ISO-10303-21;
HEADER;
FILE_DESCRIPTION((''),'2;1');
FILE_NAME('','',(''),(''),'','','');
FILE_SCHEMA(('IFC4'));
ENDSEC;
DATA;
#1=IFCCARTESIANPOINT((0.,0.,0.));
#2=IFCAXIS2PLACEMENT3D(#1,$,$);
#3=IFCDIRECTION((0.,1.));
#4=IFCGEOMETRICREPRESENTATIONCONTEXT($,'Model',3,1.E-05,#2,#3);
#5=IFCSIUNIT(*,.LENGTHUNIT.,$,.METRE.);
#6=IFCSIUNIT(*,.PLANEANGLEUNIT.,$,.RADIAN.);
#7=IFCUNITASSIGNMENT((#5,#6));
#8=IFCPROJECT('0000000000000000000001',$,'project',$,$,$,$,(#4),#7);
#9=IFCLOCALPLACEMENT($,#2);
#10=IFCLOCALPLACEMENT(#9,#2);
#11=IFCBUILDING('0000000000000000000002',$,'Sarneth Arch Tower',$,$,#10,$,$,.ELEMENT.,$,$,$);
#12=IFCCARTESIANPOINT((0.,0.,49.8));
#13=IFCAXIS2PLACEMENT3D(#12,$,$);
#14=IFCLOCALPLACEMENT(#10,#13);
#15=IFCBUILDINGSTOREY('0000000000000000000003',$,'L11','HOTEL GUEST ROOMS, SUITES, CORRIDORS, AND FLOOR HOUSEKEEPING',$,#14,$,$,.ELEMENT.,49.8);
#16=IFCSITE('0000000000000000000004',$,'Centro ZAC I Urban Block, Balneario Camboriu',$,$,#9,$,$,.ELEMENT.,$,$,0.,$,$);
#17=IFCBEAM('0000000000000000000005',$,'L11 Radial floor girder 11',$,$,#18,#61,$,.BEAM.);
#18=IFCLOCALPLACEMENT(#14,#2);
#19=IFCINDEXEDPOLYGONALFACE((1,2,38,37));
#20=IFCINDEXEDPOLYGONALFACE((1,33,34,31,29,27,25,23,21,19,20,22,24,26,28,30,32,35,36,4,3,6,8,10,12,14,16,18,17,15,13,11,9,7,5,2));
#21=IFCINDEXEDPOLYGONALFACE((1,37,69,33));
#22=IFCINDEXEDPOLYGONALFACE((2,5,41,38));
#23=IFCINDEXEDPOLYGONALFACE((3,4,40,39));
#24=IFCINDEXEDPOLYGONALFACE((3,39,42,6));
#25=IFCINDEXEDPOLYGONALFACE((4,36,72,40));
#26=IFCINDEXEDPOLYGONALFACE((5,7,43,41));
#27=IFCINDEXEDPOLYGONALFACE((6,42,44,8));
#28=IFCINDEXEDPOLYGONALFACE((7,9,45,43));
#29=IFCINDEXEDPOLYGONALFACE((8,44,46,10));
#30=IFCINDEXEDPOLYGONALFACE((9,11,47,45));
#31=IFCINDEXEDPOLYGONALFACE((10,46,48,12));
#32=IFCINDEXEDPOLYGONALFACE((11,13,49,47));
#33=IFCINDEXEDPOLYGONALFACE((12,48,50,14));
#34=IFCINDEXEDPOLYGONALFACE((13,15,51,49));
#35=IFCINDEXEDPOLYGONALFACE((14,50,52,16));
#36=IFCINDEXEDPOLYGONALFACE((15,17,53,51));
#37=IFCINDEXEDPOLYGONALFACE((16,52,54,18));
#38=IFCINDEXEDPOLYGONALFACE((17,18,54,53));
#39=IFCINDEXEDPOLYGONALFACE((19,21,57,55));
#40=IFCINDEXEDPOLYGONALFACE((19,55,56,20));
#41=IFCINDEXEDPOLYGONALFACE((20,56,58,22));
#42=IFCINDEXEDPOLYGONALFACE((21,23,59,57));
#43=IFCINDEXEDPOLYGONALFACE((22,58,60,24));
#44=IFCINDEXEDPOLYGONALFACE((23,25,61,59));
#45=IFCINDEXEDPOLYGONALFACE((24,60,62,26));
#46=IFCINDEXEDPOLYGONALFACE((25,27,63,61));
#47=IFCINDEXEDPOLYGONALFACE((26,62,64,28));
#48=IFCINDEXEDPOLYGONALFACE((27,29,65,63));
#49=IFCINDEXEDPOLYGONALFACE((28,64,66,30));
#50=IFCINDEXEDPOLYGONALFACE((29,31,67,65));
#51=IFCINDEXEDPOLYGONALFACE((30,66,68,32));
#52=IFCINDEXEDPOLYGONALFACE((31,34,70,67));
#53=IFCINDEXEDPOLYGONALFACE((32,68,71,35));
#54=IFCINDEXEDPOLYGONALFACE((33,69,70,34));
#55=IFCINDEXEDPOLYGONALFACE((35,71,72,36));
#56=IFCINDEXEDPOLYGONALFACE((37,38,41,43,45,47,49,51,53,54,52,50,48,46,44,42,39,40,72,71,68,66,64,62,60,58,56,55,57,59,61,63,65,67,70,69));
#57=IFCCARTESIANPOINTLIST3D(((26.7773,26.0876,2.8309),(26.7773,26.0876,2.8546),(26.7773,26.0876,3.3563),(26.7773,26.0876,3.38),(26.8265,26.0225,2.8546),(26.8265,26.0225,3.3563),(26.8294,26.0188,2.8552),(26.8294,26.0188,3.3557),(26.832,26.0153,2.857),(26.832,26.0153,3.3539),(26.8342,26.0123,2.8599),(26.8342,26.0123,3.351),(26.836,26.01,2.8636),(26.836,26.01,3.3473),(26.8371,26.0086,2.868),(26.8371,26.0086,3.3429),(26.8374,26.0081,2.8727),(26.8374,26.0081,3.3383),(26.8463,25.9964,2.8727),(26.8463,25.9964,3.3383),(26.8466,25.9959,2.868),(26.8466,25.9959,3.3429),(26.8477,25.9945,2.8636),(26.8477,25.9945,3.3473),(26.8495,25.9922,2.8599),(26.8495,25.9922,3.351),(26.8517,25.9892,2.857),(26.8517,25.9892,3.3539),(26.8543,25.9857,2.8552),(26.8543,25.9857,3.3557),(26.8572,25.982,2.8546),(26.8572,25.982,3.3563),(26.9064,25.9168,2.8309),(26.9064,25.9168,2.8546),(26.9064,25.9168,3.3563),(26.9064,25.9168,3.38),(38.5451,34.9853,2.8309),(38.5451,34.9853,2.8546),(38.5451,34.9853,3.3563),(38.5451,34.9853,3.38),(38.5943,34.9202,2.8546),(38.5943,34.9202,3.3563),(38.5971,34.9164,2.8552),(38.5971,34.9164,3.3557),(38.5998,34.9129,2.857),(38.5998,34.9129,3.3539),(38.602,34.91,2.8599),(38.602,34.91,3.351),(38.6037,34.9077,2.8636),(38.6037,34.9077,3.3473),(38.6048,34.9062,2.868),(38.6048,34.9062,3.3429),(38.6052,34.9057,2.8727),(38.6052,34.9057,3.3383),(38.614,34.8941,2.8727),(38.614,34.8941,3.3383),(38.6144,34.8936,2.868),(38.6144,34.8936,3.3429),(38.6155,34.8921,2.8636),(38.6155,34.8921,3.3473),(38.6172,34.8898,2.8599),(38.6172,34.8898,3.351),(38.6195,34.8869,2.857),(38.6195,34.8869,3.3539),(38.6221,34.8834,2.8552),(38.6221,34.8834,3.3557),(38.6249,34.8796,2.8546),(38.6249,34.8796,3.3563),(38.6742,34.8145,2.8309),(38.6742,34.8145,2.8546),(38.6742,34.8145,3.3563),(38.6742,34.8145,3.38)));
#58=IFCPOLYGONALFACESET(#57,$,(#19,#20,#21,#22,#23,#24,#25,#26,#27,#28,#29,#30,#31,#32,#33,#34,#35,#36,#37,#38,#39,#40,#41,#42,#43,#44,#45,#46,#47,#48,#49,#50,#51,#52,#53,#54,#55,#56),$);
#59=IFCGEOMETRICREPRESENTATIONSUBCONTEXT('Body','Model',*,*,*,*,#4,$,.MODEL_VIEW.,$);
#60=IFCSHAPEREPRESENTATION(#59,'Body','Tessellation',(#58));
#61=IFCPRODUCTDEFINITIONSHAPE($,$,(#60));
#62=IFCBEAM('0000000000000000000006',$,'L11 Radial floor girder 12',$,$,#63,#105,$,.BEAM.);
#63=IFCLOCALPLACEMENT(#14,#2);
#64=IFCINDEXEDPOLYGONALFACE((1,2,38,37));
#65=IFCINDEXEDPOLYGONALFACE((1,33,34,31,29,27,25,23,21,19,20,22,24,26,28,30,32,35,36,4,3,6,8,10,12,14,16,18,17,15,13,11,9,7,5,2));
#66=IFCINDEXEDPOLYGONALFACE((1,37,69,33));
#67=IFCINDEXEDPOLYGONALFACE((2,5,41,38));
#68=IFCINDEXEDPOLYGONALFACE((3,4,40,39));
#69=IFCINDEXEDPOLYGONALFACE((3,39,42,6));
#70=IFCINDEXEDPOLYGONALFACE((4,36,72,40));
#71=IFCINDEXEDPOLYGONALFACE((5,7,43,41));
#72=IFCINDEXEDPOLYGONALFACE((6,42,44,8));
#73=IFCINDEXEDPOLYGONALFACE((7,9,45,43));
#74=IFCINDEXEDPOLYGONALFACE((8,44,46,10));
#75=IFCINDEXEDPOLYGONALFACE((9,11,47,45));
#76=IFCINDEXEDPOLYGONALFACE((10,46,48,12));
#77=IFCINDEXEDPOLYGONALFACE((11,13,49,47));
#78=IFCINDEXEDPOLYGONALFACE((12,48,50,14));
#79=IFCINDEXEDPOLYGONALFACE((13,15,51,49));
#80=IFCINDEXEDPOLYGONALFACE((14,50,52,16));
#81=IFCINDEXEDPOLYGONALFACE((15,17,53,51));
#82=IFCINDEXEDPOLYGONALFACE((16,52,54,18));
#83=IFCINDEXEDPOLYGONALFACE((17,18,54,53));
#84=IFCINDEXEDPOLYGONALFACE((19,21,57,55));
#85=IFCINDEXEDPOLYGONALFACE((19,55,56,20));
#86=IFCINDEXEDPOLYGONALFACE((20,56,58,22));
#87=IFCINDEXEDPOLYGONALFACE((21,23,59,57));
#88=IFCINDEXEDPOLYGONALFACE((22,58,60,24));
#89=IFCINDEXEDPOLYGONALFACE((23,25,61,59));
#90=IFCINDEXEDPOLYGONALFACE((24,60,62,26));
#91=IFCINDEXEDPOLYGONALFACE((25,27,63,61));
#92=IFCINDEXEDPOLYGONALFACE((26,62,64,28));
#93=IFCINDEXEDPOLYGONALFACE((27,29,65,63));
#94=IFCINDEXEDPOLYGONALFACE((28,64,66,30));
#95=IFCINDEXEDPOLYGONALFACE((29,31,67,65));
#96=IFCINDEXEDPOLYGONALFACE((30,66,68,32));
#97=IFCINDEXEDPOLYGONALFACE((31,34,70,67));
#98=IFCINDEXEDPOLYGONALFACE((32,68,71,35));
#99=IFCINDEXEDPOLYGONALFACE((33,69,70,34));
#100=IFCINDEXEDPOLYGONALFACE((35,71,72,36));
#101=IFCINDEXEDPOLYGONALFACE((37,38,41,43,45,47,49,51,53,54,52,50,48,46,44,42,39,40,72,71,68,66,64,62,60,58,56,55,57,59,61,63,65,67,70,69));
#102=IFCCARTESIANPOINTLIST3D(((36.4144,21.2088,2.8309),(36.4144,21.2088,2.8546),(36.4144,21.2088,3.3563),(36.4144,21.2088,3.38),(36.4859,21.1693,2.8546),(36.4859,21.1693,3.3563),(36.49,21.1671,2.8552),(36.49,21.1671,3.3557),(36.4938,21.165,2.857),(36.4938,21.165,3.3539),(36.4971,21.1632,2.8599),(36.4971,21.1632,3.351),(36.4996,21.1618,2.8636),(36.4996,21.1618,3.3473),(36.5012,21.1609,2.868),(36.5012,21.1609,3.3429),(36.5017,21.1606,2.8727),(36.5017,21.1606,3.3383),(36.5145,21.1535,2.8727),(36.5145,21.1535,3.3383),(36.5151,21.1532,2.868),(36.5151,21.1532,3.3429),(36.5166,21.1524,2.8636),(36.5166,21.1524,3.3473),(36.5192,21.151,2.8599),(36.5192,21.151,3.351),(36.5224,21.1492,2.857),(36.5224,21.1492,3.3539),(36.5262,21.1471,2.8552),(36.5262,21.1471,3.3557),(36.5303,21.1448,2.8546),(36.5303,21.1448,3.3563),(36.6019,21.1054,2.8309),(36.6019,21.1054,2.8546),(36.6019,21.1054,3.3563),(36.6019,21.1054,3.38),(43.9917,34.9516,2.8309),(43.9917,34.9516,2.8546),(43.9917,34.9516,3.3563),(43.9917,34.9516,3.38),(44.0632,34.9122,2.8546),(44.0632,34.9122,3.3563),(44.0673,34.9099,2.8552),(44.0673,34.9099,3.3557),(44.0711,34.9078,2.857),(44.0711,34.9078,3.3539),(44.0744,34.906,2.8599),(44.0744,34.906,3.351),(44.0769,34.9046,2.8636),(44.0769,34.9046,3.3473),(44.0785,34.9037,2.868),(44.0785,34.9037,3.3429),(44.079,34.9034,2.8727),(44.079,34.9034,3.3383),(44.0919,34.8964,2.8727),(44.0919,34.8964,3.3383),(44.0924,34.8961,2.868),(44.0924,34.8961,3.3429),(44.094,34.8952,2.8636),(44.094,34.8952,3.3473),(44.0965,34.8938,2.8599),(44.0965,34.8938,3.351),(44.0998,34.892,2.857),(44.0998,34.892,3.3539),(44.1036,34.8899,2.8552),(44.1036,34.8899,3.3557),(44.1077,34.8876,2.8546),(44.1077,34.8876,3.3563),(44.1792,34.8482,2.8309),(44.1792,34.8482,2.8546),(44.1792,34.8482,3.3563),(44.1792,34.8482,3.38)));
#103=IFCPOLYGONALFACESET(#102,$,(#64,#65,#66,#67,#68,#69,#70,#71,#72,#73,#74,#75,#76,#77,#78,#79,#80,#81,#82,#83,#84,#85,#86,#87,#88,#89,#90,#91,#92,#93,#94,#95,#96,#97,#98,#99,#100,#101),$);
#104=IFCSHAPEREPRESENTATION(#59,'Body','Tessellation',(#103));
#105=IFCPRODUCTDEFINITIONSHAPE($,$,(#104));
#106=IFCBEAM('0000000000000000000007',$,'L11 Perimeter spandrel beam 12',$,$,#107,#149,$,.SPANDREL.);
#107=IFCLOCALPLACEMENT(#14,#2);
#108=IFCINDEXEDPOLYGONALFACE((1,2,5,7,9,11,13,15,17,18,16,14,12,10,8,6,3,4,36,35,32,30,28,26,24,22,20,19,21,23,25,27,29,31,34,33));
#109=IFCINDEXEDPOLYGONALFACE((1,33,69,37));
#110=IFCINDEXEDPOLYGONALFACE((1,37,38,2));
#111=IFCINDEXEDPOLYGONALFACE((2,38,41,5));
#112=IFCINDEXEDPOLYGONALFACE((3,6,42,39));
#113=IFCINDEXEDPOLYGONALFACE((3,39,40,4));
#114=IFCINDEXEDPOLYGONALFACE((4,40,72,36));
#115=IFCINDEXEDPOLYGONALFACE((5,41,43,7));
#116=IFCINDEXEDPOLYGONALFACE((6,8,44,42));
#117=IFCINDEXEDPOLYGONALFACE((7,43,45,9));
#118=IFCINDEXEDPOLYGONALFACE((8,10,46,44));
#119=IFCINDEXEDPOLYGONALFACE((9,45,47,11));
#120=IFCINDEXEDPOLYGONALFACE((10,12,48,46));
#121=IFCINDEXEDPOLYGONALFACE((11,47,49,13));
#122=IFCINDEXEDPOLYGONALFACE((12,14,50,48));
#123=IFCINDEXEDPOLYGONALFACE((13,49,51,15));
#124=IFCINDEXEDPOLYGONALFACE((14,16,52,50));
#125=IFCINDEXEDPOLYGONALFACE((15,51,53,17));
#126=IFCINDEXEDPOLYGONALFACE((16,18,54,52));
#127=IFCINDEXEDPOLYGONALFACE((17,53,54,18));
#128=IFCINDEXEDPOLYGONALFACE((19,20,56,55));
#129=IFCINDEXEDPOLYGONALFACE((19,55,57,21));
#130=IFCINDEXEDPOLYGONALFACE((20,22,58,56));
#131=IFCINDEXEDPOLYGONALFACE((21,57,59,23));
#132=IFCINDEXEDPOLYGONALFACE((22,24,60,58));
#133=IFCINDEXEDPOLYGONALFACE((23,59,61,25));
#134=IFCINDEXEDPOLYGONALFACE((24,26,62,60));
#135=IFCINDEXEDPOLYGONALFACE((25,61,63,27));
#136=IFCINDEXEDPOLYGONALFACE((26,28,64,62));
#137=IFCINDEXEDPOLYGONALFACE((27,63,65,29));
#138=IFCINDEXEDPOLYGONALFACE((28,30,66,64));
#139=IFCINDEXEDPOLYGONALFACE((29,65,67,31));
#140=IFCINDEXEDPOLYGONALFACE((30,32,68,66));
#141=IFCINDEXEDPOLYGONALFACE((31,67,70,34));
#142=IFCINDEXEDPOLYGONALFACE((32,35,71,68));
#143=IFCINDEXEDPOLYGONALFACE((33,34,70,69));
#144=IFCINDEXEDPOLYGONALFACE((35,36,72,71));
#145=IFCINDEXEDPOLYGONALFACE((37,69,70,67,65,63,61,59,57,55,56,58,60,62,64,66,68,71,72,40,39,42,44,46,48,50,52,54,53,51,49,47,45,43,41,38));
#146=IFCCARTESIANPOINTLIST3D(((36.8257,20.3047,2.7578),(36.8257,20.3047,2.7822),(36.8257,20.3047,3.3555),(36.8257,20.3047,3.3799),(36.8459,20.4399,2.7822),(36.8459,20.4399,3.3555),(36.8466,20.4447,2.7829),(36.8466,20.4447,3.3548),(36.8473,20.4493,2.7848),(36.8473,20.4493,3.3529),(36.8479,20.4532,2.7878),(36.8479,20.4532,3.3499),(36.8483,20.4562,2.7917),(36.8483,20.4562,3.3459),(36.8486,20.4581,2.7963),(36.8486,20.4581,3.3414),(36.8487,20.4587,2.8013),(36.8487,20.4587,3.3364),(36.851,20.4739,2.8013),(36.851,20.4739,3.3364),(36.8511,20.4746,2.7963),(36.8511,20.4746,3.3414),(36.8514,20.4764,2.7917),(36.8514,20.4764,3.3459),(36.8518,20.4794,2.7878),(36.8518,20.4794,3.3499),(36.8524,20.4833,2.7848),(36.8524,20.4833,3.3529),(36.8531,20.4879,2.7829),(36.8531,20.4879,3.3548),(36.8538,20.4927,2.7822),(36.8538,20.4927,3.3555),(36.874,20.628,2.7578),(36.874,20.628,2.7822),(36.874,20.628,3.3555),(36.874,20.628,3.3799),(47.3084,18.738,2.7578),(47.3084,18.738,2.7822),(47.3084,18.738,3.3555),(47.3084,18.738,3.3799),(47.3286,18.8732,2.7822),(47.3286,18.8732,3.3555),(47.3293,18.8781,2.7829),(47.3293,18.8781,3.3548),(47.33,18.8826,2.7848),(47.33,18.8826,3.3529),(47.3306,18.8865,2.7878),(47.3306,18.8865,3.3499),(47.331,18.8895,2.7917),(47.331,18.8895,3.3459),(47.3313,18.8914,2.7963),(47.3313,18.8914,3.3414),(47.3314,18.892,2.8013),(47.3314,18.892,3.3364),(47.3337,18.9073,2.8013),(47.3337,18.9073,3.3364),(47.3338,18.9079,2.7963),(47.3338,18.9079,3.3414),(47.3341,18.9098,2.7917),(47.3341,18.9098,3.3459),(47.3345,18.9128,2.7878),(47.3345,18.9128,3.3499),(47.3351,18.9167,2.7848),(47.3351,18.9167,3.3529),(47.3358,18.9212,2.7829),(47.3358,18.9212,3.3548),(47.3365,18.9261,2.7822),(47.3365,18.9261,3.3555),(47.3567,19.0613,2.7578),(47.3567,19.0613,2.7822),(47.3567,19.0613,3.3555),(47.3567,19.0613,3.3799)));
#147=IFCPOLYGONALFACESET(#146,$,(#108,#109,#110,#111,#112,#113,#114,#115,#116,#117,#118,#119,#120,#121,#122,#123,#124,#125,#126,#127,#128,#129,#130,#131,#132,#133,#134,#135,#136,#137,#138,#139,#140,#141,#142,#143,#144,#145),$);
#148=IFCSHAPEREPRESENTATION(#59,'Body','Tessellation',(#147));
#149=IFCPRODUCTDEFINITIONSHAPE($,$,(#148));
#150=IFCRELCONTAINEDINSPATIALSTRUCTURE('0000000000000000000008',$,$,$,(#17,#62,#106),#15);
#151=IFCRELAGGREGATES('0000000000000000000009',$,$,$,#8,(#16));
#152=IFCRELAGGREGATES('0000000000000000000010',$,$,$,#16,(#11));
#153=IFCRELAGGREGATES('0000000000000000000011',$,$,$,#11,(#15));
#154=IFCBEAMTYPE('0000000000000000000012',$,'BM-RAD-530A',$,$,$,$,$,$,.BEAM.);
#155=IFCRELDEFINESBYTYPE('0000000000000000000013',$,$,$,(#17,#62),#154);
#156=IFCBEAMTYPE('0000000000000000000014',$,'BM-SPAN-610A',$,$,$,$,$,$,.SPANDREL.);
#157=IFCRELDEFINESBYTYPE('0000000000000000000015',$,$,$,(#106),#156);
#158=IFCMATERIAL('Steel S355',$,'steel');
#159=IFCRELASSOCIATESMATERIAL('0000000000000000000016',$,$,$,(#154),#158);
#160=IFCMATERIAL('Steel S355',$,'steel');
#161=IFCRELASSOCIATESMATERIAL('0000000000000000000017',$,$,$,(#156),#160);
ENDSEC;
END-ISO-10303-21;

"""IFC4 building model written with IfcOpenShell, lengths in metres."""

from ifc_helpers import new_model, si_unit, direction, frame, origin, origin_2d, place, context, subcontext, project, spatial, i_section, extrude, material, material_profile, profile_set, type_object, element, save


model = new_model("IFC4")

# Units and contexts
model_context = context("Model", 3, precision=1e-05, world=origin(), true_north=direction((0.0, 1.0)))
body_context = subcontext(model_context, "Body", "Model", "MODEL_VIEW")
ifc_project = project(units=[si_unit("LENGTHUNIT", "METRE"), si_unit("PLANEANGLEUNIT", "RADIAN")], contexts=[model_context])

# Site, building, storey
site_placement = place(None, origin())
site = spatial("IfcSite", under=ifc_project, at=site_placement, Name="Centro ZAC I Urban Block, Balneario Camboriu", CompositionType="ELEMENT", RefElevation=0.0)
building_placement = place(site_placement, origin())
building = spatial("IfcBuilding", under=site, at=building_placement, Name="Sarneth Arch Tower", CompositionType="ELEMENT")
storey_placement = place(building_placement, frame((0.0, 0.0, 49.8)))
storey = spatial("IfcBuildingStorey", under=building, at=storey_placement, Name="L11", Description="HOTEL GUEST ROOMS, SUITES, CORRIDORS, AND FLOOR HOUSEKEEPING", CompositionType="ELEMENT", Elevation=49.8)

# Beams
ifc_material_1 = material(Name="Steel S355", Category="steel")
ifc_material_profile_1 = material_profile(ifc_material_1, i_section(OverallWidth=0.2141, OverallDepth=0.5491, WebThickness=0.0146, FlangeThickness=0.0237, FilletRadius=0.0181, at=origin_2d()), Name="W530x138")
ifc_profile_set_1 = profile_set([ifc_material_profile_1], Name="Steel S355")
beam_type_1 = type_object("IfcBeamType", Name="BM-RAD-530A", PredefinedType="BEAM", material=ifc_profile_set_1)
beam_1_placement = place(storey_placement, frame((38.6096, 34.8999, 3.1055), z_axis=(-0.797657, -0.603112, 0.0), x_axis=(0.603112, -0.797657, 0.0)))
element("IfcBeam", 1, at=beam_1_placement, inside=storey, type_object=beam_type_1, Name="L11 Radial floor girder 11", PredefinedType="BEAM", context=body_context, shape_type="SweptSolid", body=[
    extrude(i_section(OverallWidth=0.2141, OverallDepth=0.5491, WebThickness=0.0146, FlangeThickness=0.0237, FilletRadius=0.0181, at=origin_2d()), origin(), (0.0, 0.0, 1.0), 14.7529),
])
beam_2_placement = place(storey_placement, frame((44.0854, 34.8999, 3.1055), z_axis=(-0.482838, -0.87571, 0.0), x_axis=(0.87571, -0.482838, 0.0)))
element("IfcBeam", 2, at=beam_2_placement, inside=storey, type_object=beam_type_1, Name="L11 Radial floor girder 12", PredefinedType="BEAM", context=body_context, shape_type="SweptSolid", body=[
    extrude(i_section(OverallWidth=0.2141, OverallDepth=0.5491, WebThickness=0.0146, FlangeThickness=0.0237, FilletRadius=0.0181, at=origin_2d()), origin(), (0.0, 0.0, 1.0), 15.6934),
])
ifc_material_2 = material(Name="Steel S355", Category="steel")
ifc_material_profile_2 = material_profile(ifc_material_2, i_section(OverallWidth=0.3269, OverallDepth=0.6221, WebThickness=0.0154, FlangeThickness=0.0244, FilletRadius=0.019, at=origin_2d()), Name="W610x195")
ifc_profile_set_2 = profile_set([ifc_material_profile_2], Name="Steel S355")
beam_type_2 = type_object("IfcBeamType", Name="BM-SPAN-610A", PredefinedType="SPANDREL", material=ifc_profile_set_2)
beam_3_placement = place(storey_placement, frame((36.8499, 20.4663, 3.0688), z_axis=(0.989016, -0.14781, 0.0), x_axis=(0.14781, 0.989016, 0.0)))
element("IfcBeam", 3, at=beam_3_placement, inside=storey, type_object=beam_type_2, Name="L11 Perimeter spandrel beam 12", PredefinedType="SPANDREL", context=body_context, shape_type="SweptSolid", body=[
    extrude(i_section(OverallWidth=0.3269, OverallDepth=0.6221, WebThickness=0.0154, FlangeThickness=0.0244, FilletRadius=0.019, at=origin_2d()), origin(), (0.0, 0.0, 1.0), 10.5991),
])

save(model, "model.ifc")
